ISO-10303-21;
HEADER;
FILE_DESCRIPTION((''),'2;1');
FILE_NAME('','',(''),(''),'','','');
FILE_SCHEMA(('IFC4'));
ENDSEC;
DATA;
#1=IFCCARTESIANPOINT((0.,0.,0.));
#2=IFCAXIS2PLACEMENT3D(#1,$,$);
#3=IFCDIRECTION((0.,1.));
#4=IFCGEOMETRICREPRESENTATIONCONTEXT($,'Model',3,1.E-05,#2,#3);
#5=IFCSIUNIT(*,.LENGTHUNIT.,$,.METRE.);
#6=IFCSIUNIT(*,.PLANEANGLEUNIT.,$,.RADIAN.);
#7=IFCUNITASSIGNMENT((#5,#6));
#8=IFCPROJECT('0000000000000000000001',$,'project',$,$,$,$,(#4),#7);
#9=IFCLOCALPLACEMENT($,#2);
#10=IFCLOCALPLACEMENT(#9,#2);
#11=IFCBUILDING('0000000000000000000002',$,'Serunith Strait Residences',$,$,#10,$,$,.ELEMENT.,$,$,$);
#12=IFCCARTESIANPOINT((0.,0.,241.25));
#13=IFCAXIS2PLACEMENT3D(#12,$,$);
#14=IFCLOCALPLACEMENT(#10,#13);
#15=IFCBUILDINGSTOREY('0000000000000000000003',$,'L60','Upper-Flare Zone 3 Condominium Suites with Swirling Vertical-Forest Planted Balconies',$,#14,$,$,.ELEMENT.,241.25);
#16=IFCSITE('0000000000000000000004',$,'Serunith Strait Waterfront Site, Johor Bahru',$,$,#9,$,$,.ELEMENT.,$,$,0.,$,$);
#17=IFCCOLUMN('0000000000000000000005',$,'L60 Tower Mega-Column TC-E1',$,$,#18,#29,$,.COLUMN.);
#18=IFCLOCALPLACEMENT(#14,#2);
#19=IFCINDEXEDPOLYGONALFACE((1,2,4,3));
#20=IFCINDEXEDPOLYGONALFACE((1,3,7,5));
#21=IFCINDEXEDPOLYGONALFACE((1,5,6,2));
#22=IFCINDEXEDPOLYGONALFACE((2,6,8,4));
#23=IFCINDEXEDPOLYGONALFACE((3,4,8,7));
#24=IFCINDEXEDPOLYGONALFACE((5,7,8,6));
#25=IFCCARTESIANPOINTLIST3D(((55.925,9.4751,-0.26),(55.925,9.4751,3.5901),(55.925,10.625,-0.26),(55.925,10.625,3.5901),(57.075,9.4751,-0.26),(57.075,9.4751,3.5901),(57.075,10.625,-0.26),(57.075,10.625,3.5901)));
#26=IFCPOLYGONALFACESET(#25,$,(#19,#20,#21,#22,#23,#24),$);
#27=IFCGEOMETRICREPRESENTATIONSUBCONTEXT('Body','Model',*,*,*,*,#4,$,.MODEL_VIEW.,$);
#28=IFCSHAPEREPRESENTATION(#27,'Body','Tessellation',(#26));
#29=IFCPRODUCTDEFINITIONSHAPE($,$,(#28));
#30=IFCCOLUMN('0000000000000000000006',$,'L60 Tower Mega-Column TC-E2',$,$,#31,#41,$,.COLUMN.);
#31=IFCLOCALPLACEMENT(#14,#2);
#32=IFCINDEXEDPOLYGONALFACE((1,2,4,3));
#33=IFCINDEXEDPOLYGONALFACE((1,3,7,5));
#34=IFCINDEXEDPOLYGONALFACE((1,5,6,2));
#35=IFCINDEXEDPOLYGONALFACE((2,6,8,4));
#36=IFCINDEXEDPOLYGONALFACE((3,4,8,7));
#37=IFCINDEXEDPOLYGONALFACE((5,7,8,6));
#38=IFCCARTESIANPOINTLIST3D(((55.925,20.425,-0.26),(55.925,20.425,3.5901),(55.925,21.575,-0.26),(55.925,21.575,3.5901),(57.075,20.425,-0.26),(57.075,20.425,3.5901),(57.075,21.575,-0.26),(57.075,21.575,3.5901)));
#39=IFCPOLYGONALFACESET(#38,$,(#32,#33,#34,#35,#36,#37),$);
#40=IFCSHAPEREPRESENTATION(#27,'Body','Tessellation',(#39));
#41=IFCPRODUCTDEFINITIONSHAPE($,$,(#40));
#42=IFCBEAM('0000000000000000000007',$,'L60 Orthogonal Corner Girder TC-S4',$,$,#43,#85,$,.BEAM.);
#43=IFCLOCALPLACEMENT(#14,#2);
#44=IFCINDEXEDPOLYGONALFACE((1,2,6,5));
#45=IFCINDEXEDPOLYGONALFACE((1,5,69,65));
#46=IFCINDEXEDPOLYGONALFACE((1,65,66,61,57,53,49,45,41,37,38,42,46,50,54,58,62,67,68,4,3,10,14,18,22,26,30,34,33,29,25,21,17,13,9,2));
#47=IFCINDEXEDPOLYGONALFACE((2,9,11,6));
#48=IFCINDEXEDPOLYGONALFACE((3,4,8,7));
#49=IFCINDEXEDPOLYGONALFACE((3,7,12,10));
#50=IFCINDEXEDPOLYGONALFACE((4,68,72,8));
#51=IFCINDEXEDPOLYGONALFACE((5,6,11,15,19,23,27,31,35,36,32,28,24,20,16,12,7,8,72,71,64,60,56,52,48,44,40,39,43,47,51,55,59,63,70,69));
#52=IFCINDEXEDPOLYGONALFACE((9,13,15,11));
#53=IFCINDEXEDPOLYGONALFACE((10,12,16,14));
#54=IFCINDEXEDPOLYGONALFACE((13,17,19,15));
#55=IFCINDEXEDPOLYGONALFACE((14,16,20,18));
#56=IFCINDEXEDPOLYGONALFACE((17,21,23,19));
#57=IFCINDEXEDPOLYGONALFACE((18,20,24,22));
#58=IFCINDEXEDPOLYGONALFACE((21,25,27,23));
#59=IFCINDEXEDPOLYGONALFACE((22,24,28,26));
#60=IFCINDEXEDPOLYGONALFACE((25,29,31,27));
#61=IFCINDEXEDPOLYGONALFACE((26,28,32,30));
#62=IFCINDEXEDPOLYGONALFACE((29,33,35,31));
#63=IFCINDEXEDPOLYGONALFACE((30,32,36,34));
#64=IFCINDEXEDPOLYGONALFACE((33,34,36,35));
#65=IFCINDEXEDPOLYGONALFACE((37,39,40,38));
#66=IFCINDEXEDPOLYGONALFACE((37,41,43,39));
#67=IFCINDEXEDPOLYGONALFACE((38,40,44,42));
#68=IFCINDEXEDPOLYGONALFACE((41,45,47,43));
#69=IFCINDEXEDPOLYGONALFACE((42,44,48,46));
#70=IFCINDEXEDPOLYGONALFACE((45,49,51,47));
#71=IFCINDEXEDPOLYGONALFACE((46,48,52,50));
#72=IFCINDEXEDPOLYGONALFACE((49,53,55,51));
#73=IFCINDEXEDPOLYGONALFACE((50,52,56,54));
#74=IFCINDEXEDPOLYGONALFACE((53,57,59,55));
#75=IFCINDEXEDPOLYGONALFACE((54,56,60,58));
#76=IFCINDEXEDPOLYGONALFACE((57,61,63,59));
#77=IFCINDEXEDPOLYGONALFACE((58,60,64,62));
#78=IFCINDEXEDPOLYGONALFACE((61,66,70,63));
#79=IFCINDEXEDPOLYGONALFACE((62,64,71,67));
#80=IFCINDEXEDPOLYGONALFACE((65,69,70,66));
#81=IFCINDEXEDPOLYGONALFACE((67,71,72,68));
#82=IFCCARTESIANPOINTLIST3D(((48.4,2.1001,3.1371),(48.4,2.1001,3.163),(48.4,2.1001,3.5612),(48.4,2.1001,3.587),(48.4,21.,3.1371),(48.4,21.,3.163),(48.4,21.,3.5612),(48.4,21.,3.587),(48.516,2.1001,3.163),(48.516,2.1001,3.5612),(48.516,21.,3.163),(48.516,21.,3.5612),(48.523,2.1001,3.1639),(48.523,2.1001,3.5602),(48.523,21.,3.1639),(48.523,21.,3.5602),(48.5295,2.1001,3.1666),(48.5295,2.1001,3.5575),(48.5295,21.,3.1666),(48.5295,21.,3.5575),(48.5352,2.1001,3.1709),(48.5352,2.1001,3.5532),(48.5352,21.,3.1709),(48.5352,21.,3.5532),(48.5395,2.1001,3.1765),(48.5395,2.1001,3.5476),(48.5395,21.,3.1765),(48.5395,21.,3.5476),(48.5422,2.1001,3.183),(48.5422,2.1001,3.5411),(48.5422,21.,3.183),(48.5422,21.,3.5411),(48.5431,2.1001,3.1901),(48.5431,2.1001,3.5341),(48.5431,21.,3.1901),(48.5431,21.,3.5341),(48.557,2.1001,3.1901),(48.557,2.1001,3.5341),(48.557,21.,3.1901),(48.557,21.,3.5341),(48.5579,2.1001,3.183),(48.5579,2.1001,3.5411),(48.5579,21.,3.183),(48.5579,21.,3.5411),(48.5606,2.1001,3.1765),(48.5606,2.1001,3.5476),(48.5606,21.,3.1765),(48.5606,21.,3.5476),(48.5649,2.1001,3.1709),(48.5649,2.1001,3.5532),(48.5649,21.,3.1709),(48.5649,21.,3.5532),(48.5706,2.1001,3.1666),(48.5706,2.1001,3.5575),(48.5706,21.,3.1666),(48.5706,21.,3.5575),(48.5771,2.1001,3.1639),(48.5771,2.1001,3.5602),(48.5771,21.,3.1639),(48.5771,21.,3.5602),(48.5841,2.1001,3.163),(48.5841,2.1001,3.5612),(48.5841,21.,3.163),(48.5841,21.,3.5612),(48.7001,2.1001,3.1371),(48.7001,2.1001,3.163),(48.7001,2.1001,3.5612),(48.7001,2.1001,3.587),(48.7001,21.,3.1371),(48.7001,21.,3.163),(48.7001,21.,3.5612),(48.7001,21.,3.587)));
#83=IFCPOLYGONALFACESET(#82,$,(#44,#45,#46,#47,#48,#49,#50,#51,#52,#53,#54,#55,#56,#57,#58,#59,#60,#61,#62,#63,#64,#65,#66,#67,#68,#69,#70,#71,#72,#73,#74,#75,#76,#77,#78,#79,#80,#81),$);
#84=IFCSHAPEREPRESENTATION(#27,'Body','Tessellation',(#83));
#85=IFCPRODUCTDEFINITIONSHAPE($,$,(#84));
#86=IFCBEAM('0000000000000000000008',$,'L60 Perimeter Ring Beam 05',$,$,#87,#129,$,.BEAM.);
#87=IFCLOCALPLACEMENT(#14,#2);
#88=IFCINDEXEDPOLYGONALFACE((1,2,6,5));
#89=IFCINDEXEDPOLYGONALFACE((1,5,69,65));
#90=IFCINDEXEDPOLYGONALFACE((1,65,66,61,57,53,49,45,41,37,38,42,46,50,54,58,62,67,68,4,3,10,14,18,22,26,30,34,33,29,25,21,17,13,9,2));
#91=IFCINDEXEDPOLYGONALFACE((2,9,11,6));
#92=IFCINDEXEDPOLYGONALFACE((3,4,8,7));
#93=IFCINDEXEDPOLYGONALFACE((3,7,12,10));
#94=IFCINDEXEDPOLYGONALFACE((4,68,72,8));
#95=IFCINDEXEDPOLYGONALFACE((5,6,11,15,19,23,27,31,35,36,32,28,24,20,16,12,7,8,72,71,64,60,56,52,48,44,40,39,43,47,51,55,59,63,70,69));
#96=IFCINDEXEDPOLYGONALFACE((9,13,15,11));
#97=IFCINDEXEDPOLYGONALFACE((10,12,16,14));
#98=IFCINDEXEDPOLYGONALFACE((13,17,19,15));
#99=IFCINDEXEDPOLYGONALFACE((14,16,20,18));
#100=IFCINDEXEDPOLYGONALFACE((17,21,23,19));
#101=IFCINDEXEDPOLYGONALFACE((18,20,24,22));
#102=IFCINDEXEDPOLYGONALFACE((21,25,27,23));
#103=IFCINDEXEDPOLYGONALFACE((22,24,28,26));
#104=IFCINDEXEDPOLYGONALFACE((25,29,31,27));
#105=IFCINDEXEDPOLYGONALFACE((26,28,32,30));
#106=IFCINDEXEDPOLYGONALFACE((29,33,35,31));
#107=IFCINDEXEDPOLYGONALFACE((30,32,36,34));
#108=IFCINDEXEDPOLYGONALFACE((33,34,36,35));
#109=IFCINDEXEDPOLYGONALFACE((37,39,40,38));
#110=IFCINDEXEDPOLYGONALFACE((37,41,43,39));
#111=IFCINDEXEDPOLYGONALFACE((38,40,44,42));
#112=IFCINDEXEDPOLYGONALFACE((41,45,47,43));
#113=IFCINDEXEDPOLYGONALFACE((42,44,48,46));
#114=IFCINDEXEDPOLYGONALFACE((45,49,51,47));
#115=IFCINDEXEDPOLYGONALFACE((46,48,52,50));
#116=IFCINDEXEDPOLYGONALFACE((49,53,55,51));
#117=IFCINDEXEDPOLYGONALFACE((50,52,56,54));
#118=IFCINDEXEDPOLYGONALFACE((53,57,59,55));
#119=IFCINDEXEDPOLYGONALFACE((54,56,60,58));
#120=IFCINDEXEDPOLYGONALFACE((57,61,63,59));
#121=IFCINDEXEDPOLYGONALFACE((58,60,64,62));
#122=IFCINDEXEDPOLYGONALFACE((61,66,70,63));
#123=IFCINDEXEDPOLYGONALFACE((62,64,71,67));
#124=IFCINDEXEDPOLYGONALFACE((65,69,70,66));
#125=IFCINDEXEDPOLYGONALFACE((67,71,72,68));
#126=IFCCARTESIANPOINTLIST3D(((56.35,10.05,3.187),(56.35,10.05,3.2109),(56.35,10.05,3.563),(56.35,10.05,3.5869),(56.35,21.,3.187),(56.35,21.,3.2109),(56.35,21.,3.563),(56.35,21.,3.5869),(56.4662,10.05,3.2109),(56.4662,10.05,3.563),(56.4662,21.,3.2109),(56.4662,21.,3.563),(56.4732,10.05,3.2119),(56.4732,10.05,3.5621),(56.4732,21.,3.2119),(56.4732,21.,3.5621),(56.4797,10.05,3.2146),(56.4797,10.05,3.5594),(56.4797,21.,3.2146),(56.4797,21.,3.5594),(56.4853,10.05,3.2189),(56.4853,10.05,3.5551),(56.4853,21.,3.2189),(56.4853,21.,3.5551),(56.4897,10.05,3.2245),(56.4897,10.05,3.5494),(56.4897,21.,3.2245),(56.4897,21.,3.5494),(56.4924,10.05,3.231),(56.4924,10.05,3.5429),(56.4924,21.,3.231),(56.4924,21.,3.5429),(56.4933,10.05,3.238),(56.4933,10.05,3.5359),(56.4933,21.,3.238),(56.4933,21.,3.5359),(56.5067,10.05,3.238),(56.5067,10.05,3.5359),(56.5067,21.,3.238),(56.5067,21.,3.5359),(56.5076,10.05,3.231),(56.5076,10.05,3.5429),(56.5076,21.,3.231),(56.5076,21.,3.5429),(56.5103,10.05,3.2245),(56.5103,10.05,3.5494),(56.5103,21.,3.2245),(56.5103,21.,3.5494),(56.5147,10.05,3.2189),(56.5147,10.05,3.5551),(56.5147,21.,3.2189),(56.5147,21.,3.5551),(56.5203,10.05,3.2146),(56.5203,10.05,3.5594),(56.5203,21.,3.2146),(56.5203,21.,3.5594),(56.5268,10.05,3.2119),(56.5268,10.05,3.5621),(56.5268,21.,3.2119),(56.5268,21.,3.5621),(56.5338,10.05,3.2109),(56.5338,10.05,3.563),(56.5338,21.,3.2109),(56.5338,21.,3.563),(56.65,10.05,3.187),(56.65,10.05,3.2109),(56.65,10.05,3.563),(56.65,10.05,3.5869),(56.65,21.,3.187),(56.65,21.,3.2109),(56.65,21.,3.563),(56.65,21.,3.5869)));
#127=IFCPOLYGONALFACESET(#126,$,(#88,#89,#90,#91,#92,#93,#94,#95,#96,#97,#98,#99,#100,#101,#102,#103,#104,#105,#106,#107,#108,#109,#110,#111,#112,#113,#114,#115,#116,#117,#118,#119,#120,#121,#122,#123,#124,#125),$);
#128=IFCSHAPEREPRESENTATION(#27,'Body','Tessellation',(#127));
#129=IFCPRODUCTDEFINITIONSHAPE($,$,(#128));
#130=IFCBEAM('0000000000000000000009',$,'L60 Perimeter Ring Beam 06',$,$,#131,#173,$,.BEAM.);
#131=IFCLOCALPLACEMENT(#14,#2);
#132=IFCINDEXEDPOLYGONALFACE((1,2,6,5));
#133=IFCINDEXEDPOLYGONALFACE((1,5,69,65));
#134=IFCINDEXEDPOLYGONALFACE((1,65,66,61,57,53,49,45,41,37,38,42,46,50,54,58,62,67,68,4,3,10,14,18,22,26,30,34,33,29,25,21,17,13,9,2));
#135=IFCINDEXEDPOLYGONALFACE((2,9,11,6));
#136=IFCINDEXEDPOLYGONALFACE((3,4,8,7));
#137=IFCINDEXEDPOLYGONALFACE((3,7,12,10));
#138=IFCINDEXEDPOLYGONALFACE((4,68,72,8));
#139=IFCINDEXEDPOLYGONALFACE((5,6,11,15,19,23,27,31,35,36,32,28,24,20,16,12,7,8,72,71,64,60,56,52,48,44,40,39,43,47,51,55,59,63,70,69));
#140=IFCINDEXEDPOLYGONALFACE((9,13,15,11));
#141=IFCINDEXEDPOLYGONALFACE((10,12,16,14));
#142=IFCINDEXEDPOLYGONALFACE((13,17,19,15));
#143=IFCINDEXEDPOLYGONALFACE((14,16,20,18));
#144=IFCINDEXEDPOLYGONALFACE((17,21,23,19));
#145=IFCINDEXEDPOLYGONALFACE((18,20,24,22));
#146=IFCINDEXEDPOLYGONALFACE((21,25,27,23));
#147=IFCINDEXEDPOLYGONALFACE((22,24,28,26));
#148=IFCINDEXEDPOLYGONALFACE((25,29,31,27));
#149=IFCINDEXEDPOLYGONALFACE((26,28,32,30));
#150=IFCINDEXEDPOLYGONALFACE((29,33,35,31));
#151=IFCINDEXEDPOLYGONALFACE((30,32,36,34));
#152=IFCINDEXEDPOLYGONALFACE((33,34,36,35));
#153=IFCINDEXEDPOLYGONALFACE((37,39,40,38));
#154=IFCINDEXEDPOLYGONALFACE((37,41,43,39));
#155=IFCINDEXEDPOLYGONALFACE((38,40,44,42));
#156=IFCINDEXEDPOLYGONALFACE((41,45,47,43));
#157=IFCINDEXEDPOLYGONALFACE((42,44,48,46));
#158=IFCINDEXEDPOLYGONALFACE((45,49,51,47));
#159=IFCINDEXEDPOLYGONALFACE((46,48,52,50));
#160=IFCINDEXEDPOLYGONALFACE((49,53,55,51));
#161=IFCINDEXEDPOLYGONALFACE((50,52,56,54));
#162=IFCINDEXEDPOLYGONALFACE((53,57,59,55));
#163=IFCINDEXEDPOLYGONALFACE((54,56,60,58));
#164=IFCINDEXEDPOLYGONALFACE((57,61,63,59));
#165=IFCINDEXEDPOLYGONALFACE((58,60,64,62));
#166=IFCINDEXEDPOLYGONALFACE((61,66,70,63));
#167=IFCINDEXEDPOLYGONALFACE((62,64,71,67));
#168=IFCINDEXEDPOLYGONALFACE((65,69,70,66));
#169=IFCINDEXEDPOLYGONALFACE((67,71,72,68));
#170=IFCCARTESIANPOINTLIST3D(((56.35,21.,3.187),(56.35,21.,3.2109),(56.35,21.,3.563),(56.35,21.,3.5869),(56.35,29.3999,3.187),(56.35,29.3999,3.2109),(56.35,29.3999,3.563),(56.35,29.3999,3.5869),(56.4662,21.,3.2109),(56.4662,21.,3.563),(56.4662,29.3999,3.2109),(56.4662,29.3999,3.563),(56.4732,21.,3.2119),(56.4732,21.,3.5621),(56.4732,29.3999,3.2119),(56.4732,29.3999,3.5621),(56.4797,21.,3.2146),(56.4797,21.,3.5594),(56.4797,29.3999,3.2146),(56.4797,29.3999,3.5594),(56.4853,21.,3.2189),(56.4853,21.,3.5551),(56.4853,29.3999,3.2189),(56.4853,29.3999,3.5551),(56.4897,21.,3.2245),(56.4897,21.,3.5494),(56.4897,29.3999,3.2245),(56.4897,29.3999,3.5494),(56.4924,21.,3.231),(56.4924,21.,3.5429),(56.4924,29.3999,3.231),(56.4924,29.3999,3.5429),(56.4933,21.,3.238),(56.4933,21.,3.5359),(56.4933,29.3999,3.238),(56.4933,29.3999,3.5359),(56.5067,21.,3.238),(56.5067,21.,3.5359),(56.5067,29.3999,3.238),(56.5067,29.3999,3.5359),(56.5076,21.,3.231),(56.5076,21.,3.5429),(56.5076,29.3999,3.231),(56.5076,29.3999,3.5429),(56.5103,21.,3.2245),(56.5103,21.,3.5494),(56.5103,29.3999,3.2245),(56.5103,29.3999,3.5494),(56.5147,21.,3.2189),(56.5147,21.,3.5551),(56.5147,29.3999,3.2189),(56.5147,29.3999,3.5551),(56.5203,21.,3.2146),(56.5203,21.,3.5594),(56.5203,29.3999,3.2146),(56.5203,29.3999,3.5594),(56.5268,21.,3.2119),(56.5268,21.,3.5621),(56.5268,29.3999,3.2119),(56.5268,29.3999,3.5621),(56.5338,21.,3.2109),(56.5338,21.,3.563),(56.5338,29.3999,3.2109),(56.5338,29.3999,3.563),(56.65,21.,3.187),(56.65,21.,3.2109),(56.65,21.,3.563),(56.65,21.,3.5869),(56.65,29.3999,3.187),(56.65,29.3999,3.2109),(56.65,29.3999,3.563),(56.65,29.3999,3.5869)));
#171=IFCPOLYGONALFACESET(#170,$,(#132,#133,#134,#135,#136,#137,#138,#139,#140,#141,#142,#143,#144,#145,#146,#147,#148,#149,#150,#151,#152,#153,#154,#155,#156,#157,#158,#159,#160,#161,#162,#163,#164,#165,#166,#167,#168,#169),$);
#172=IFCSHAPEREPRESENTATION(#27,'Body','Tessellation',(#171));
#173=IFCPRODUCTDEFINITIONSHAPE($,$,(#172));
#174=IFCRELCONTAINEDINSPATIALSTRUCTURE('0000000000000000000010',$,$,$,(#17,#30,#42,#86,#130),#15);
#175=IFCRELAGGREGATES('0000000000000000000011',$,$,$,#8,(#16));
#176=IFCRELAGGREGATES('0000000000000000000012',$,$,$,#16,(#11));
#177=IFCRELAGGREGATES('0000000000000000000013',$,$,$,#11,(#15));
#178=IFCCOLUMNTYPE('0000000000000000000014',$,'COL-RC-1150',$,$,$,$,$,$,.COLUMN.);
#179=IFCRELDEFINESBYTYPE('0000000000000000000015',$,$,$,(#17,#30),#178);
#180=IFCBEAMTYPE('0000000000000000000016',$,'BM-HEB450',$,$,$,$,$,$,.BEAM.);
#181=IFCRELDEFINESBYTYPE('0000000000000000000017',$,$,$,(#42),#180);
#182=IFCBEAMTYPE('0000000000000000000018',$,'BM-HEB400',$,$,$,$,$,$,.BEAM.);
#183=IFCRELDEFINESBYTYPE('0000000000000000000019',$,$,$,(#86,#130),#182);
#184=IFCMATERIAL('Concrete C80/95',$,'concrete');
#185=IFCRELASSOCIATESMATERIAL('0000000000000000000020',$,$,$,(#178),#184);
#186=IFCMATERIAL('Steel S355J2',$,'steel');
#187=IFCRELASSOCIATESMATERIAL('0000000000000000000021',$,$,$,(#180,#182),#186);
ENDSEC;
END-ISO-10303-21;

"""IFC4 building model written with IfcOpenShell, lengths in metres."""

from ifc_helpers import new_model, si_unit, direction, frame, origin, origin_2d, place, context, subcontext, project, spatial, rectangle, i_section, extrude, source, transform, mapped, material, material_profile, profile_set, type_object, element, save


model = new_model("IFC4")

# Units and contexts
model_context = context("Model", 3, precision=1e-05, world=origin(), true_north=direction((0.0, 1.0)))
body_context = subcontext(model_context, "Body", "Model", "MODEL_VIEW")
ifc_project = project(units=[si_unit("LENGTHUNIT", "METRE"), si_unit("PLANEANGLEUNIT", "RADIAN")], contexts=[model_context])

# Site, building, storey
site_placement = place(None, origin())
site = spatial("IfcSite", under=ifc_project, at=site_placement, Name="Serunith Strait Waterfront Site, Johor Bahru", CompositionType="ELEMENT", RefElevation=0.0)
building_placement = place(site_placement, origin())
building = spatial("IfcBuilding", under=site, at=building_placement, Name="Serunith Strait Residences", CompositionType="ELEMENT")
storey_placement = place(building_placement, frame((0.0, 0.0, 241.25)))
storey = spatial("IfcBuildingStorey", under=building, at=storey_placement, Name="L60", Description="Upper-Flare Zone 3 Condominium Suites with Swirling Vertical-Forest Planted Balconies", CompositionType="ELEMENT", Elevation=241.25)

# Columns
ifc_material_1 = material(Name="Concrete C80/95", Category="concrete")
ifc_material_profile_1 = material_profile(ifc_material_1, rectangle(XDim=1.1499, YDim=1.1499, at=origin_2d()), Name="RC 1150x1150")
ifc_profile_set_1 = profile_set([ifc_material_profile_1], Name="Concrete C80/95")
column_type = type_object("IfcColumnType", Name="COL-RC-1150", PredefinedType="COLUMN", material=ifc_profile_set_1)
shared_shape_1 = source(origin(), body_context, "Body", "SweptSolid", [
    extrude(rectangle(XDim=1.1499, YDim=1.1499, at=origin_2d()), origin(), (0.0, 0.0, 1.0), 3.8501),
])
for number, where, z_axis, x_axis, name in (
    (1, (56.5, 10.05, -0.26), (0.0, 0.0, 1.0), (1.0, 0.0, 0.0), "L60 Tower Mega-Column TC-E1"),
    (2, (56.5, 21.0, -0.26), (0.0, 0.0, 1.0), (1.0, 0.0, 0.0), "L60 Tower Mega-Column TC-E2"),
):
    element("IfcColumn", number, at=place(storey_placement, frame(where, z_axis=z_axis, x_axis=x_axis)), inside=storey, type_object=column_type, Name=name, PredefinedType="COLUMN", context=body_context, shape_type="MappedRepresentation", body=[
        mapped(shared_shape_1, transform((0.0, 0.0, 0.0), scale=1.0)),
    ])

# Beams
ifc_material_2 = material(Name="Steel S355J2", Category="steel")
ifc_material_profile_2 = material_profile(ifc_material_2, i_section(OverallWidth=0.3, OverallDepth=0.45, WebThickness=0.0139, FlangeThickness=0.0259, FilletRadius=0.0271, at=origin_2d()), Name="HEB 450")
ifc_profile_set_2 = profile_set([ifc_material_profile_2], Name="Steel S355J2")
beam_type_1 = type_object("IfcBeamType", Name="BM-HEB450", PredefinedType="BEAM", material=ifc_profile_set_2)
shared_shape_2 = source(origin(), body_context, "Body", "SweptSolid", [
    extrude(i_section(OverallWidth=0.3, OverallDepth=0.45, WebThickness=0.0139, FlangeThickness=0.0259, FilletRadius=0.0271, at=origin_2d()), origin(), (0.0, 0.0, 1.0), 18.8999),
])
beam_1_placement = place(storey_placement, frame((48.55, 21.0, 3.3621), z_axis=(0.0, -1.0, 0.0), x_axis=(1.0, 0.0, 0.0)))
element("IfcBeam", 3, at=beam_1_placement, inside=storey, type_object=beam_type_1, Name="L60 Orthogonal Corner Girder TC-S4", PredefinedType="BEAM", context=body_context, shape_type="MappedRepresentation", body=[
    mapped(shared_shape_2, transform((0.0, 0.0, 0.0), scale=1.0)),
])
ifc_material_profile_3 = material_profile(ifc_material_2, i_section(OverallWidth=0.3, OverallDepth=0.3999, WebThickness=0.0134, FlangeThickness=0.0239, FilletRadius=0.0271, at=origin_2d()), Name="HEB 400")
ifc_profile_set_3 = profile_set([ifc_material_profile_3], Name="Steel S355J2")
beam_type_2 = type_object("IfcBeamType", Name="BM-HEB400", PredefinedType="BEAM", material=ifc_profile_set_3)
shared_shape_3 = source(origin(), body_context, "Body", "SweptSolid", [
    extrude(i_section(OverallWidth=0.3, OverallDepth=0.3999, WebThickness=0.0134, FlangeThickness=0.0239, FilletRadius=0.0271, at=origin_2d()), origin(), (0.0, 0.0, 1.0), 10.95),
])
beam_2_placement = place(storey_placement, frame((56.5, 10.05, 3.387), z_axis=(0.0, 1.0, 0.0), x_axis=(-1.0, 0.0, 0.0)))
element("IfcBeam", 4, at=beam_2_placement, inside=storey, type_object=beam_type_2, Name="L60 Perimeter Ring Beam 05", PredefinedType="BEAM", context=body_context, shape_type="MappedRepresentation", body=[
    mapped(shared_shape_3, transform((0.0, 0.0, 0.0), scale=1.0)),
])
shared_shape_4 = source(origin(), body_context, "Body", "SweptSolid", [
    extrude(i_section(OverallWidth=0.3, OverallDepth=0.3999, WebThickness=0.0134, FlangeThickness=0.0239, FilletRadius=0.0271, at=origin_2d()), origin(), (0.0, 0.0, 1.0), 8.3999),
])
beam_3_placement = place(storey_placement, frame((56.5, 21.0, 3.387), z_axis=(0.0, 1.0, 0.0), x_axis=(-1.0, 0.0, 0.0)))
element("IfcBeam", 5, at=beam_3_placement, inside=storey, type_object=beam_type_2, Name="L60 Perimeter Ring Beam 06", PredefinedType="BEAM", context=body_context, shape_type="MappedRepresentation", body=[
    mapped(shared_shape_4, transform((0.0, 0.0, 0.0), scale=1.0)),
])

save(model, "model.ifc")
